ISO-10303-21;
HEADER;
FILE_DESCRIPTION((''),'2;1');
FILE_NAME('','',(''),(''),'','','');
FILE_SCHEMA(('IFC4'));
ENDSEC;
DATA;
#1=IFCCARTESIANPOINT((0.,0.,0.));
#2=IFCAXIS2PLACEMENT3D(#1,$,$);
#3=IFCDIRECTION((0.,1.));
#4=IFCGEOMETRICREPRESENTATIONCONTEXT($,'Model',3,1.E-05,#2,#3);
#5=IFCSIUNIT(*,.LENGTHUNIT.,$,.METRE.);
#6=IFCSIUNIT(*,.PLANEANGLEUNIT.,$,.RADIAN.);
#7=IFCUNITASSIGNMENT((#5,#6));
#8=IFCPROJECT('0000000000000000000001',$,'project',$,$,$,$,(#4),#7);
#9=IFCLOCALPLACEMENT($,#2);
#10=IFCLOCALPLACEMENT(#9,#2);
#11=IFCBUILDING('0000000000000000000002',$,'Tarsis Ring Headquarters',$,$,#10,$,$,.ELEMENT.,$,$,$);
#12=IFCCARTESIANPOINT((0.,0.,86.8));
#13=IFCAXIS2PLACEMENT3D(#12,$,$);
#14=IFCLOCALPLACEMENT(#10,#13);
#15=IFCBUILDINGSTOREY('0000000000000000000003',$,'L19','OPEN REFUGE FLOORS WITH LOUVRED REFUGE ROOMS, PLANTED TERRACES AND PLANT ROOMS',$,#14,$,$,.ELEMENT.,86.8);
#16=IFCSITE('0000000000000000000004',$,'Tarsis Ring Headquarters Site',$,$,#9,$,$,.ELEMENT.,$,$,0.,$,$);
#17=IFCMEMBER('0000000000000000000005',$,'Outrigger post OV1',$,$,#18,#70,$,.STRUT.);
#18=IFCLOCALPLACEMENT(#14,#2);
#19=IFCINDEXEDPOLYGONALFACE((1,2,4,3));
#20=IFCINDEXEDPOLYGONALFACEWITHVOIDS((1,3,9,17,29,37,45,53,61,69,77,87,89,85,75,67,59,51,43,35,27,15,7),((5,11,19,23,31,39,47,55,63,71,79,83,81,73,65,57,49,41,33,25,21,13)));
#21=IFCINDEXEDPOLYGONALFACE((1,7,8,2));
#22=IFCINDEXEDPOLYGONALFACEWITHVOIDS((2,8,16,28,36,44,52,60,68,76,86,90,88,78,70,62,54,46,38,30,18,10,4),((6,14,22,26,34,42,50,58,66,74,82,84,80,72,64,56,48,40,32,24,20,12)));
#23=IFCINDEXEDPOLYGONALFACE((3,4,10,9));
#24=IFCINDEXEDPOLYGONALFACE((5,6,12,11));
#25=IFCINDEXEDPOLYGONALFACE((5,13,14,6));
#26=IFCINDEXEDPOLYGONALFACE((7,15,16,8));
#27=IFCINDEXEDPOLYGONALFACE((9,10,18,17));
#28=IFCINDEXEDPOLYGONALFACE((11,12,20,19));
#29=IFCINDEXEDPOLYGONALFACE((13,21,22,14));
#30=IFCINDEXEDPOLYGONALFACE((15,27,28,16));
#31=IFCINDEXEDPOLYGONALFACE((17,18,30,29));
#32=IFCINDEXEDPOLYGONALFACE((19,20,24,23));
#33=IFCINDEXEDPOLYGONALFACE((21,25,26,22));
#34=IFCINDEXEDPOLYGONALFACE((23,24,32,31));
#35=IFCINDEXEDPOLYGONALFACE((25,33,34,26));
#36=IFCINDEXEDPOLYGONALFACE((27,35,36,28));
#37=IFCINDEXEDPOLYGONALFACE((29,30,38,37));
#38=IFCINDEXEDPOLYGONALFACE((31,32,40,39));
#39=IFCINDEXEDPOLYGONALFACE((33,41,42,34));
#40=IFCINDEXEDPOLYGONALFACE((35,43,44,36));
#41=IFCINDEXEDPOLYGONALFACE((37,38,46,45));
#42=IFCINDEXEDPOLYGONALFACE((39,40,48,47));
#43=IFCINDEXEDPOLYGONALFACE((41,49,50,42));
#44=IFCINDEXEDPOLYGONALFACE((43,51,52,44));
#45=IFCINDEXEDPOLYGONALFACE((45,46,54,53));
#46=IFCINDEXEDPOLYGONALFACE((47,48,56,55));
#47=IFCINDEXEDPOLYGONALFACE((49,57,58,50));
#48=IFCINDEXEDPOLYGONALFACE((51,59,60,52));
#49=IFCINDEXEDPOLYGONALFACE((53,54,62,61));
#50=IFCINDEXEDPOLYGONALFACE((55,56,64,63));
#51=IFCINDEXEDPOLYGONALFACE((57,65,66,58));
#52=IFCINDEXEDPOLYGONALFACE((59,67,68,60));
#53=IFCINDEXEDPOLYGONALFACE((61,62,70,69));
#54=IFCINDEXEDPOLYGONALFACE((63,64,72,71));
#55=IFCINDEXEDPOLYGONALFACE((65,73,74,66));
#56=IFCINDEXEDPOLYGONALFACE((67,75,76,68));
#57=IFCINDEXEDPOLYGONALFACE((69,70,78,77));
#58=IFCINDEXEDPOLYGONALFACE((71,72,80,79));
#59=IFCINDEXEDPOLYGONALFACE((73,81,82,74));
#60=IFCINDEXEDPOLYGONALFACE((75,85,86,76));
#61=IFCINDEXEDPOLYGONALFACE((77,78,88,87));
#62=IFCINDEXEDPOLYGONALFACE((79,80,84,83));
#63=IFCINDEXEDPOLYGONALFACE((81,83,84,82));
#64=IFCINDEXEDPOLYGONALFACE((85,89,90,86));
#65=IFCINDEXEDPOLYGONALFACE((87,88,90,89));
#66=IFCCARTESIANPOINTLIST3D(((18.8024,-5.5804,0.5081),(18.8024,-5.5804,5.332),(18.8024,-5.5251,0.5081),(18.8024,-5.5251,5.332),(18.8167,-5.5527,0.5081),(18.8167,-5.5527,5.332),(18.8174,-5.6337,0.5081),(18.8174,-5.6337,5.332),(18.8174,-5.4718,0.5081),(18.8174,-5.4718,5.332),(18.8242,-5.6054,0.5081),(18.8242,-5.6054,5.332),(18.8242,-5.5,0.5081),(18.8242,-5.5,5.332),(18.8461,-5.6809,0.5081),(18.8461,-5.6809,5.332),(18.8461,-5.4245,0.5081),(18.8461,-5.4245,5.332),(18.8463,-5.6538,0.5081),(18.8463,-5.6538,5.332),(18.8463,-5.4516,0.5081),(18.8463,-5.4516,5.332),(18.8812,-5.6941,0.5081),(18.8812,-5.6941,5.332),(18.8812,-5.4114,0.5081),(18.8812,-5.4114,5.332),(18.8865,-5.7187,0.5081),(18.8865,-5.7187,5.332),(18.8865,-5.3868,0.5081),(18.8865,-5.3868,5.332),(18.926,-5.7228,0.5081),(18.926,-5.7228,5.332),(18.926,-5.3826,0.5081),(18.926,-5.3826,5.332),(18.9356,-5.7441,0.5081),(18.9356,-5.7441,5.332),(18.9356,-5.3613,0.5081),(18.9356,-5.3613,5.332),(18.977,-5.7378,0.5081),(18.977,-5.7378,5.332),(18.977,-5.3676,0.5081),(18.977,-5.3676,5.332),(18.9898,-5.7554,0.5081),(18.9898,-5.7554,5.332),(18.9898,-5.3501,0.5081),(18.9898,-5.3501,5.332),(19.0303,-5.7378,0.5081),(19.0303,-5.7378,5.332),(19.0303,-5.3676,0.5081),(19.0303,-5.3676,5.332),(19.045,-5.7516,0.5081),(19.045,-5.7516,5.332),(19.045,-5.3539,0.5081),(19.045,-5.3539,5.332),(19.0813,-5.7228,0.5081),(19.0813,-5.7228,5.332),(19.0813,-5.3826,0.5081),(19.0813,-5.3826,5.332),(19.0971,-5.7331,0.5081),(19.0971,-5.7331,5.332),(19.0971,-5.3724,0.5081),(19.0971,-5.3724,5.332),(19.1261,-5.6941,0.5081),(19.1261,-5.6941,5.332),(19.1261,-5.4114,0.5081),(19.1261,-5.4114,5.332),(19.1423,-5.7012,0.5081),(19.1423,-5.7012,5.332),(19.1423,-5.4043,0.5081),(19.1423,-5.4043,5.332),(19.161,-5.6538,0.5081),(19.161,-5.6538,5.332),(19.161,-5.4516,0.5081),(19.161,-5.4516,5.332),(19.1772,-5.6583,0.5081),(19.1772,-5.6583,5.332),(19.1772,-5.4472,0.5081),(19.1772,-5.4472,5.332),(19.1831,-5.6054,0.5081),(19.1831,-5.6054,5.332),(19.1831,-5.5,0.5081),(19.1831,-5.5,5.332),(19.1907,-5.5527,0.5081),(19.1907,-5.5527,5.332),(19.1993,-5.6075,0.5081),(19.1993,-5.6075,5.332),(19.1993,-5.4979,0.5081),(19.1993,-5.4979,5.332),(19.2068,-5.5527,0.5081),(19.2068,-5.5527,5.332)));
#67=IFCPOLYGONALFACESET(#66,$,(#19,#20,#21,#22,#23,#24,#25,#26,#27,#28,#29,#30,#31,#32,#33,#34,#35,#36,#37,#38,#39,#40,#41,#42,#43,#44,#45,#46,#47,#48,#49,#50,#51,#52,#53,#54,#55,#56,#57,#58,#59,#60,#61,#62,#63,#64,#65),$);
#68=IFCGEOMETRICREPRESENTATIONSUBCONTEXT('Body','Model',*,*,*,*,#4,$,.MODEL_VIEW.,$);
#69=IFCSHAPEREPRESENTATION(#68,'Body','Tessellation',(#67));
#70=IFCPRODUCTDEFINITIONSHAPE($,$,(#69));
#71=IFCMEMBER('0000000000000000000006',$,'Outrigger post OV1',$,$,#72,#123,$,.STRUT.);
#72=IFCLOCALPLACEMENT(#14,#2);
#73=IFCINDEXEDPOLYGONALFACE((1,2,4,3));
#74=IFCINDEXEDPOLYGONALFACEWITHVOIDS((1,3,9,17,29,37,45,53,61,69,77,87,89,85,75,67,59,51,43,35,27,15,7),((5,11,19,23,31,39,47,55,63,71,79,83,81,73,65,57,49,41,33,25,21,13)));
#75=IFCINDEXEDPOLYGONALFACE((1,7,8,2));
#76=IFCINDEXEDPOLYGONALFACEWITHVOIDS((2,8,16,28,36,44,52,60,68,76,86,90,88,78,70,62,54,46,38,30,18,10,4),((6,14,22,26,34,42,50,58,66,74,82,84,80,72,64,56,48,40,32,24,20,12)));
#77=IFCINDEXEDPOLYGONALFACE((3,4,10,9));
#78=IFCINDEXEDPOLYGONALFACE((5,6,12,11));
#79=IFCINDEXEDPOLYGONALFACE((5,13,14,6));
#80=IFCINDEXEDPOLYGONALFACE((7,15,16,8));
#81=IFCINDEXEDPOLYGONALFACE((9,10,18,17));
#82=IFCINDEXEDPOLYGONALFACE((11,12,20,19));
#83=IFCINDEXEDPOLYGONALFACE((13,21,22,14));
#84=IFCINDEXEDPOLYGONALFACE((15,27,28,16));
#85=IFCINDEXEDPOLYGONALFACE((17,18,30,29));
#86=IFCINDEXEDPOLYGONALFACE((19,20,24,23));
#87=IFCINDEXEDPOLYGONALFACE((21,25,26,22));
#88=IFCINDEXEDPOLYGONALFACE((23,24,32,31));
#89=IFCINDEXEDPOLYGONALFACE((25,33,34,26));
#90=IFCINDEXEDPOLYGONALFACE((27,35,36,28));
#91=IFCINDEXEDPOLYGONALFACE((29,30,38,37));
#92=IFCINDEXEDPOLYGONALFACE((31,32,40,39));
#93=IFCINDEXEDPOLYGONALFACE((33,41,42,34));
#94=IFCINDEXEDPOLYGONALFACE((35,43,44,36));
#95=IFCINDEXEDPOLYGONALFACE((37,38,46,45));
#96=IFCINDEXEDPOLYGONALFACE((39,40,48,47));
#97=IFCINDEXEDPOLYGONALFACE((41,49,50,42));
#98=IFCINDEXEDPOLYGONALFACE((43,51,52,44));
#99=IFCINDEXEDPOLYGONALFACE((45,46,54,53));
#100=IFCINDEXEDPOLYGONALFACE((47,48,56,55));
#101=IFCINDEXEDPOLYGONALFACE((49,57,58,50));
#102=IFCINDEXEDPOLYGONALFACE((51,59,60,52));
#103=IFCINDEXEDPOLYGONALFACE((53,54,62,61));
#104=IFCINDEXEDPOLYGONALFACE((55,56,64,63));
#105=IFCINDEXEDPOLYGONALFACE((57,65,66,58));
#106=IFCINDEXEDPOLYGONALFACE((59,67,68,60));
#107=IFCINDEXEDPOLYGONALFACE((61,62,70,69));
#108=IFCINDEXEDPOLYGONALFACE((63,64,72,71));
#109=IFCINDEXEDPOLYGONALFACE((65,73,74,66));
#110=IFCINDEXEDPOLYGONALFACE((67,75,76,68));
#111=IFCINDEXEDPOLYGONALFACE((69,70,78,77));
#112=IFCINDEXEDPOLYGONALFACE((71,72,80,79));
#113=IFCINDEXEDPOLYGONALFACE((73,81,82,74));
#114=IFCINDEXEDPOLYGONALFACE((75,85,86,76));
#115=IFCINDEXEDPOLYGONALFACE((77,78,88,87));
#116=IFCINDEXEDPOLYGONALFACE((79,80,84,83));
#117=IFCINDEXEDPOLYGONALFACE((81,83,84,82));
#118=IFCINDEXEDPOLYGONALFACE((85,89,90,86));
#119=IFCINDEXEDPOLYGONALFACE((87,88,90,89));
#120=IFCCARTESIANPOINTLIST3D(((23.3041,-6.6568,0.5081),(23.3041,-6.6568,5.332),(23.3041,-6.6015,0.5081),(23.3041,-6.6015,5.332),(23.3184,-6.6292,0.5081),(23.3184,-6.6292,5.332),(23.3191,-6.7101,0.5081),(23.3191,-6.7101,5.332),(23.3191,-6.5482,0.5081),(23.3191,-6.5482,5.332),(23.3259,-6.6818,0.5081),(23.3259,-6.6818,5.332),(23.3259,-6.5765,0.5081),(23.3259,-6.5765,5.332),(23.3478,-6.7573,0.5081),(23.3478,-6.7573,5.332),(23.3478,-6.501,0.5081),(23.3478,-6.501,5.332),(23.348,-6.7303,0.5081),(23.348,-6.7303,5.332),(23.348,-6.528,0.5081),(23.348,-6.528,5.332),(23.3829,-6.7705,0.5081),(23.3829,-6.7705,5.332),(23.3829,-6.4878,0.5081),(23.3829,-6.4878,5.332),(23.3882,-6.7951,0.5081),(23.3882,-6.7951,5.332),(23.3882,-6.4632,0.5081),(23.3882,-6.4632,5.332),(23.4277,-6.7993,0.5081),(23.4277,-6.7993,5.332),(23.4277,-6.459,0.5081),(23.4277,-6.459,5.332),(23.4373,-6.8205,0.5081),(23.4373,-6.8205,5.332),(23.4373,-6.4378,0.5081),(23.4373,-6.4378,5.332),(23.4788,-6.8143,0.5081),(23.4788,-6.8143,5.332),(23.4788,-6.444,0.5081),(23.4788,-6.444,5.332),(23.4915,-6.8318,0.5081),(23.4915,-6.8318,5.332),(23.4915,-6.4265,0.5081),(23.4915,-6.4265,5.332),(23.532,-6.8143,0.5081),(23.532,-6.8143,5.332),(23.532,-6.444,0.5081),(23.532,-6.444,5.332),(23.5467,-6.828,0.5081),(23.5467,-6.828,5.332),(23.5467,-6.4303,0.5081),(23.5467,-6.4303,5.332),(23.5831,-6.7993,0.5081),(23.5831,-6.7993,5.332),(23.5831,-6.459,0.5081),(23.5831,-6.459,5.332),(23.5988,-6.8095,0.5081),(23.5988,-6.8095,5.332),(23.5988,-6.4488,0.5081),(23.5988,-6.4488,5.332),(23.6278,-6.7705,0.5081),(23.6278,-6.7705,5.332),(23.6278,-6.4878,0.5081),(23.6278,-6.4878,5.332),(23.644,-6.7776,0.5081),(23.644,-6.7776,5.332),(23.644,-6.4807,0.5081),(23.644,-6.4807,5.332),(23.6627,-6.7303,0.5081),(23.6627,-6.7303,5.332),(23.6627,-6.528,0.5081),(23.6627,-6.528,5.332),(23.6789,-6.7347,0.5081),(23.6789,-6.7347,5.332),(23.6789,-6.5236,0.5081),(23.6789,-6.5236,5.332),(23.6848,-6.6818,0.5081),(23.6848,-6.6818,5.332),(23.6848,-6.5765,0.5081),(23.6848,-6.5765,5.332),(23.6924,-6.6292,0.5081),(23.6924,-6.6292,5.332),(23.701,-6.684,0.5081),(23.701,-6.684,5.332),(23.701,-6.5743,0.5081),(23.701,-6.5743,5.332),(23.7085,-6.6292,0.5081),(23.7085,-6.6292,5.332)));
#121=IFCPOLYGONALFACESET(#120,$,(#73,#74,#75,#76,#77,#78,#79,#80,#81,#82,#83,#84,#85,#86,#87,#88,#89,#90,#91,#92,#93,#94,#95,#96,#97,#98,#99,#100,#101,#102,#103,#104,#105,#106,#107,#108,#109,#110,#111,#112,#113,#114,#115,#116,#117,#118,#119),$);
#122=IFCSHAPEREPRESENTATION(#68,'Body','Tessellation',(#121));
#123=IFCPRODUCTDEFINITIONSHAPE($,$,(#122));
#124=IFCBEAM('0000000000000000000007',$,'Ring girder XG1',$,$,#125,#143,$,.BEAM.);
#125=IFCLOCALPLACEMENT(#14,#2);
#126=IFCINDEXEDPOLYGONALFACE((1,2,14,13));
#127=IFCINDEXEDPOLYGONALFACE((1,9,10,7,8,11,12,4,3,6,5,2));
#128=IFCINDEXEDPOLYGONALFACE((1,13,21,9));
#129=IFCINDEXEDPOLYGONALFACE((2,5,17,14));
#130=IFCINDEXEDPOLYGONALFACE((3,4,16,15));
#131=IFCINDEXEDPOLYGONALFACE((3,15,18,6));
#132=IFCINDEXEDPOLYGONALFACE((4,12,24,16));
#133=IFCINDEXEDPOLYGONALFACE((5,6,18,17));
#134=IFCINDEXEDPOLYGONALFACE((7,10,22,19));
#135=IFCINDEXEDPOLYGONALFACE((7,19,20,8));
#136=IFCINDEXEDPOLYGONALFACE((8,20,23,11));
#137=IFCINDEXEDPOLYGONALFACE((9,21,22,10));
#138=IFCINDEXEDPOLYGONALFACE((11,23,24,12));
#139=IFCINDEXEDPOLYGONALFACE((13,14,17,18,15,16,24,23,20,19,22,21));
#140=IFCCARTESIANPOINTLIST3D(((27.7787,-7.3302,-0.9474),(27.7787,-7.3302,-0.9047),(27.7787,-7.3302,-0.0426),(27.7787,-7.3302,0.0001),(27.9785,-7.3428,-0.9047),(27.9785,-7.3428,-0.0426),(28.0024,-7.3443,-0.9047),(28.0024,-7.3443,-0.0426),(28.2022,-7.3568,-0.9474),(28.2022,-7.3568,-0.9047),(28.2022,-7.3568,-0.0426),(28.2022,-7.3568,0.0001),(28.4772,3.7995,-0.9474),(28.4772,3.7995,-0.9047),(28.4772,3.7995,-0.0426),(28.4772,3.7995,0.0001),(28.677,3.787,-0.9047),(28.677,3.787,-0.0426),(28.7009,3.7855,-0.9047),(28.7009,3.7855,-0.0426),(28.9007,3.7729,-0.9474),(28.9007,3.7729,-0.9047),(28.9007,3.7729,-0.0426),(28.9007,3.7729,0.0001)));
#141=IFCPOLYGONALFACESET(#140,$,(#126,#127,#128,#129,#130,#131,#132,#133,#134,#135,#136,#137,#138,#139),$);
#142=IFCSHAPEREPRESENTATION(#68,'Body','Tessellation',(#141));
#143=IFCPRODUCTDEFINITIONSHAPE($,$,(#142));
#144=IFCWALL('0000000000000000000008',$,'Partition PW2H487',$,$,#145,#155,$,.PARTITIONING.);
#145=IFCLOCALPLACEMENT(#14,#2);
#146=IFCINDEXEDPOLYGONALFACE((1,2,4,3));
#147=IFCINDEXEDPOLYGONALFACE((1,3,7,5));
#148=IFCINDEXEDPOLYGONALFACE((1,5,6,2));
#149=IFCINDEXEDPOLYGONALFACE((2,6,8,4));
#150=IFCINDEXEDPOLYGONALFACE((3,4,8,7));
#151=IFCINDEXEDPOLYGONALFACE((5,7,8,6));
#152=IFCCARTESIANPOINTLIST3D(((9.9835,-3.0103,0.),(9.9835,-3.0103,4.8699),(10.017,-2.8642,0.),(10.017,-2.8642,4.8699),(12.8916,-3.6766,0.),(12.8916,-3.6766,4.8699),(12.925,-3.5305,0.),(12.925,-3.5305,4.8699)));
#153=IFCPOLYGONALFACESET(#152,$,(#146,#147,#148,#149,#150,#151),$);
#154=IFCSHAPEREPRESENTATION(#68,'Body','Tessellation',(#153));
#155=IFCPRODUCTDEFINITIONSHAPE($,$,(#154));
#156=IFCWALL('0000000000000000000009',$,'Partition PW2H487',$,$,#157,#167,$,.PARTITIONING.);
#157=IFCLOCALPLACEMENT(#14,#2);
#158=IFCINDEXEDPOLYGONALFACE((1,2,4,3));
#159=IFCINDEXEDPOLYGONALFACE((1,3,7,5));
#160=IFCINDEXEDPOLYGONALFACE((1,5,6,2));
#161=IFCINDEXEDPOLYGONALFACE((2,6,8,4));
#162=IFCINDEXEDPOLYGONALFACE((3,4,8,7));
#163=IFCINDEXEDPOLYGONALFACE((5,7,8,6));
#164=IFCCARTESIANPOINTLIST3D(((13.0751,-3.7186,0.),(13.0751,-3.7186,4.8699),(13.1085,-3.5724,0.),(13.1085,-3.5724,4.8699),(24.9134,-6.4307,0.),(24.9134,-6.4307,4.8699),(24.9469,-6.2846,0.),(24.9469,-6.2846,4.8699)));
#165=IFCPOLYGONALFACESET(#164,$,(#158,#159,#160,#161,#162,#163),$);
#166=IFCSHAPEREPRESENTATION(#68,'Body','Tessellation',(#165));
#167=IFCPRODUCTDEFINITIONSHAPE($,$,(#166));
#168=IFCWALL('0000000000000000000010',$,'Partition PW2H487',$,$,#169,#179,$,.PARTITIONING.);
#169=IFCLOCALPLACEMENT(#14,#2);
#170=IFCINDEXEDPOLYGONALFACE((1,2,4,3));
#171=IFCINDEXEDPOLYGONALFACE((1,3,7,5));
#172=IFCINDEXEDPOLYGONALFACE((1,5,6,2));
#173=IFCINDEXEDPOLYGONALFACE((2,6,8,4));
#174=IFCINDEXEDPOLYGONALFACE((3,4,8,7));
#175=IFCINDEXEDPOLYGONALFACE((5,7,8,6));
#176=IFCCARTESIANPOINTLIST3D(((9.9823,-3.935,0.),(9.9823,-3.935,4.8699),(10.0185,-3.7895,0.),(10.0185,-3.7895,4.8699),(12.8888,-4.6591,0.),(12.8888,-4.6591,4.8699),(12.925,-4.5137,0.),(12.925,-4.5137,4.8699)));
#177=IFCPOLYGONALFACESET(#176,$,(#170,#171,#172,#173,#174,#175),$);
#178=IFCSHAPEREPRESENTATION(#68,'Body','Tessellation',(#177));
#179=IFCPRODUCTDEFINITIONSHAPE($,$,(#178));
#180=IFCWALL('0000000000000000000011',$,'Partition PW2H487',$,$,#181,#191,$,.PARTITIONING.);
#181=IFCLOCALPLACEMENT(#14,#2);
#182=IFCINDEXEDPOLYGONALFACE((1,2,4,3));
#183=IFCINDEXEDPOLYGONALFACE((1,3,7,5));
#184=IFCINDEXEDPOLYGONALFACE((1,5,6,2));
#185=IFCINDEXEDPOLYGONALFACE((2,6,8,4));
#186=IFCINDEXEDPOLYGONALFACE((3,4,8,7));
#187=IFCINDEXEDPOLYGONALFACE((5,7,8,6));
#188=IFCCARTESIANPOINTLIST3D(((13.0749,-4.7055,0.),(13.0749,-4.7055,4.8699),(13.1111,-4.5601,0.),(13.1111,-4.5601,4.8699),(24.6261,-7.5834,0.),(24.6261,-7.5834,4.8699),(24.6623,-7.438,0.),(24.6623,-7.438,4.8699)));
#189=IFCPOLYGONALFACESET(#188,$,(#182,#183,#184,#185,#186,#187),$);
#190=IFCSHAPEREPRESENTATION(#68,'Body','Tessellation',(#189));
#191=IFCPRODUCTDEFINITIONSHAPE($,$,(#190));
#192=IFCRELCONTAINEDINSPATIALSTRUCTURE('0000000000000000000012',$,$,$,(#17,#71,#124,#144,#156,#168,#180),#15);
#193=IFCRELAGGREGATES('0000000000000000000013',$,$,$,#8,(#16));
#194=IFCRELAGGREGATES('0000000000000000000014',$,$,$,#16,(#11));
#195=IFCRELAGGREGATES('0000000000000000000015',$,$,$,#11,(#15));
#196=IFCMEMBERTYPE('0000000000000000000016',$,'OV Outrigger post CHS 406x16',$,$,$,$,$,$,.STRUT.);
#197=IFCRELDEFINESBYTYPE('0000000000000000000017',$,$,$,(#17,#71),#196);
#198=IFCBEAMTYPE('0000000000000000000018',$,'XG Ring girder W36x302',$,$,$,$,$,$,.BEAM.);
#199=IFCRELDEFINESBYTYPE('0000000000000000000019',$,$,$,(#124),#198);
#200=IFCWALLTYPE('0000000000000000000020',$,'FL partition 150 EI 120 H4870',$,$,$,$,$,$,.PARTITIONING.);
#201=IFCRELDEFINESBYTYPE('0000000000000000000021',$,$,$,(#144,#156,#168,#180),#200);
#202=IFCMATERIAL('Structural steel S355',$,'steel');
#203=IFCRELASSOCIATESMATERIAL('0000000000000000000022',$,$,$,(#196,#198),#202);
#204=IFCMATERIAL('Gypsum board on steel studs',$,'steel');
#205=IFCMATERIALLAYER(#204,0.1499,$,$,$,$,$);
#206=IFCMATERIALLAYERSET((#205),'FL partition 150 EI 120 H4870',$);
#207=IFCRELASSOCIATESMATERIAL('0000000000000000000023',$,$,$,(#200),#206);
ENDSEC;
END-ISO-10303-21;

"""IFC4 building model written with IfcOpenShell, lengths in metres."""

from ifc_helpers import new_model, si_unit, direction, frame, frame_2d, origin, origin_2d, place, context, subcontext, project, spatial, rectangle, hollow_circle, i_section, extrude, material, layer, layer_set, material_profile, profile_set, type_object, element, save


model = new_model("IFC4")

# Units and contexts
model_context = context("Model", 3, precision=1e-05, world=origin(), true_north=direction((0.0, 1.0)))
body_context = subcontext(model_context, "Body", "Model", "MODEL_VIEW")
ifc_project = project(units=[si_unit("LENGTHUNIT", "METRE"), si_unit("PLANEANGLEUNIT", "RADIAN")], contexts=[model_context])

# Site, building, storey
site_placement = place(None, origin())
site = spatial("IfcSite", under=ifc_project, at=site_placement, Name="Tarsis Ring Headquarters Site", CompositionType="ELEMENT", RefElevation=0.0)
building_placement = place(site_placement, origin())
building = spatial("IfcBuilding", under=site, at=building_placement, Name="Tarsis Ring Headquarters", CompositionType="ELEMENT")
storey_placement = place(building_placement, frame((0.0, 0.0, 86.8)))
storey = spatial("IfcBuildingStorey", under=building, at=storey_placement, Name="L19", Description="OPEN REFUGE FLOORS WITH LOUVRED REFUGE ROOMS, PLANTED TERRACES AND PLANT ROOMS", CompositionType="ELEMENT", Elevation=86.8)

# Shared definitions
ifc_material_1 = material(Name="Structural steel S355", Category="steel")

# Members
ifc_material_profile_1 = material_profile(ifc_material_1, hollow_circle(Radius=0.2031, WallThickness=0.0161, at=origin_2d()), Name="CHS 406x16")
ifc_profile_set_1 = profile_set([ifc_material_profile_1], Name="Structural steel S355")
member_type_1 = type_object("IfcMemberType", Name="OV Outrigger post CHS 406x16", PredefinedType="STRUT", material=ifc_profile_set_1)
for number, where, z_axis, x_axis, name in (
    (1, (19.0037, -5.5527, 0.5081), (0.0, 0.0, 1.0), (1.0, 0.0, 0.0), "Outrigger post OV1"),
    (2, (23.5054, -6.6292, 0.5081), (0.0, 0.0, 1.0), (1.0, 0.0, 0.0), "Outrigger post OV1"),
):
    element("IfcMember", number, at=place(storey_placement, frame(where, z_axis=z_axis, x_axis=x_axis)), inside=storey, type_object=member_type_1, Name=name, PredefinedType="STRUT", context=body_context, shape_type="SweptSolid", body=[
        extrude(hollow_circle(Radius=0.2031, WallThickness=0.0161, at=origin_2d()), origin(), (0.0, 0.0, 1.0), 4.824),
    ])

# Beam
ifc_material_profile_2 = material_profile(ifc_material_1, i_section(OverallWidth=0.4243, OverallDepth=0.9475, WebThickness=0.0239, FlangeThickness=0.0427, at=origin_2d()), Name="W36x302")
ifc_profile_set_2 = profile_set([ifc_material_profile_2], Name="Structural steel S355")
beam_type_1 = type_object("IfcBeamType", Name="XG Ring girder W36x302", PredefinedType="BEAM", material=ifc_profile_set_2)
beam_1_placement = place(storey_placement, frame((27.9905, -7.3435, -0.4736), z_axis=(0.062636, 0.998036, 0.0), x_axis=(-0.998036, 0.062636, 0.0)))
element("IfcBeam", 3, at=beam_1_placement, inside=storey, type_object=beam_type_1, Name="Ring girder XG1", PredefinedType="BEAM", context=body_context, shape_type="SweptSolid", body=[
    extrude(i_section(OverallWidth=0.4243, OverallDepth=0.9475, WebThickness=0.0239, FlangeThickness=0.0427, at=origin_2d()), origin(), (0.0, 0.0, 1.0), 11.1516),
])

# Walls
ifc_material_2 = material(Name="Gypsum board on steel studs", Category="steel")
ifc_layer = layer(ifc_material_2, 0.1499)
ifc_layer_set = layer_set([ifc_layer], Name="FL partition 150 EI 120 H4870")
wall_type = type_object("IfcWallType", Name="FL partition 150 EI 120 H4870", PredefinedType="PARTITIONING", material=ifc_layer_set)
wall_1_placement = place(storey_placement, frame((10.0002, -2.9373, 0.0), z_axis=(0.0, 0.0, 1.0), x_axis=(0.974743, -0.223329, 0.0)))
element("IfcWall", 4, at=wall_1_placement, inside=storey, type_object=wall_type, Name="Partition PW2H487", PredefinedType="PARTITIONING", context=body_context, shape_type="SweptSolid", body=[
    extrude(rectangle(XDim=2.9834, YDim=0.1499, at=frame_2d((1.4917, 0.0))), origin(), (0.0, 0.0, 1.0), 4.8699),
])
wall_2_placement = place(storey_placement, frame((13.0918, -3.6455, 0.0), z_axis=(0.0, 0.0, 1.0), x_axis=(0.974747, -0.223313, 0.0)))
element("IfcWall", 5, at=wall_2_placement, inside=storey, type_object=wall_type, Name="Partition PW2H487", PredefinedType="PARTITIONING", context=body_context, shape_type="SweptSolid", body=[
    extrude(rectangle(XDim=12.145, YDim=0.1499, at=frame_2d((6.0725, 0.0))), origin(), (0.0, 0.0, 1.0), 4.8699),
])
wall_3_placement = place(storey_placement, frame((10.0005, -3.8623, 0.0), z_axis=(0.0, 0.0, 1.0), x_axis=(0.970339, -0.241749, 0.0)))
element("IfcWall", 6, at=wall_3_placement, inside=storey, type_object=wall_type, Name="Partition PW2H487", PredefinedType="PARTITIONING", context=body_context, shape_type="SweptSolid", body=[
    extrude(rectangle(XDim=2.9954, YDim=0.1499, at=frame_2d((1.4976, 0.0))), origin(), (0.0, 0.0, 1.0), 4.8699),
])
wall_4_placement = place(storey_placement, frame((13.093, -4.6328, 0.0), z_axis=(0.0, 0.0, 1.0), x_axis=(0.970338, -0.241754, 0.0)))
element("IfcWall", 7, at=wall_4_placement, inside=storey, type_object=wall_type, Name="Partition PW2H487", PredefinedType="PARTITIONING", context=body_context, shape_type="SweptSolid", body=[
    extrude(rectangle(XDim=11.9043, YDim=0.1499, at=frame_2d((5.9521, 0.0))), origin(), (0.0, 0.0, 1.0), 4.8699),
])

save(model, "model.ifc")
